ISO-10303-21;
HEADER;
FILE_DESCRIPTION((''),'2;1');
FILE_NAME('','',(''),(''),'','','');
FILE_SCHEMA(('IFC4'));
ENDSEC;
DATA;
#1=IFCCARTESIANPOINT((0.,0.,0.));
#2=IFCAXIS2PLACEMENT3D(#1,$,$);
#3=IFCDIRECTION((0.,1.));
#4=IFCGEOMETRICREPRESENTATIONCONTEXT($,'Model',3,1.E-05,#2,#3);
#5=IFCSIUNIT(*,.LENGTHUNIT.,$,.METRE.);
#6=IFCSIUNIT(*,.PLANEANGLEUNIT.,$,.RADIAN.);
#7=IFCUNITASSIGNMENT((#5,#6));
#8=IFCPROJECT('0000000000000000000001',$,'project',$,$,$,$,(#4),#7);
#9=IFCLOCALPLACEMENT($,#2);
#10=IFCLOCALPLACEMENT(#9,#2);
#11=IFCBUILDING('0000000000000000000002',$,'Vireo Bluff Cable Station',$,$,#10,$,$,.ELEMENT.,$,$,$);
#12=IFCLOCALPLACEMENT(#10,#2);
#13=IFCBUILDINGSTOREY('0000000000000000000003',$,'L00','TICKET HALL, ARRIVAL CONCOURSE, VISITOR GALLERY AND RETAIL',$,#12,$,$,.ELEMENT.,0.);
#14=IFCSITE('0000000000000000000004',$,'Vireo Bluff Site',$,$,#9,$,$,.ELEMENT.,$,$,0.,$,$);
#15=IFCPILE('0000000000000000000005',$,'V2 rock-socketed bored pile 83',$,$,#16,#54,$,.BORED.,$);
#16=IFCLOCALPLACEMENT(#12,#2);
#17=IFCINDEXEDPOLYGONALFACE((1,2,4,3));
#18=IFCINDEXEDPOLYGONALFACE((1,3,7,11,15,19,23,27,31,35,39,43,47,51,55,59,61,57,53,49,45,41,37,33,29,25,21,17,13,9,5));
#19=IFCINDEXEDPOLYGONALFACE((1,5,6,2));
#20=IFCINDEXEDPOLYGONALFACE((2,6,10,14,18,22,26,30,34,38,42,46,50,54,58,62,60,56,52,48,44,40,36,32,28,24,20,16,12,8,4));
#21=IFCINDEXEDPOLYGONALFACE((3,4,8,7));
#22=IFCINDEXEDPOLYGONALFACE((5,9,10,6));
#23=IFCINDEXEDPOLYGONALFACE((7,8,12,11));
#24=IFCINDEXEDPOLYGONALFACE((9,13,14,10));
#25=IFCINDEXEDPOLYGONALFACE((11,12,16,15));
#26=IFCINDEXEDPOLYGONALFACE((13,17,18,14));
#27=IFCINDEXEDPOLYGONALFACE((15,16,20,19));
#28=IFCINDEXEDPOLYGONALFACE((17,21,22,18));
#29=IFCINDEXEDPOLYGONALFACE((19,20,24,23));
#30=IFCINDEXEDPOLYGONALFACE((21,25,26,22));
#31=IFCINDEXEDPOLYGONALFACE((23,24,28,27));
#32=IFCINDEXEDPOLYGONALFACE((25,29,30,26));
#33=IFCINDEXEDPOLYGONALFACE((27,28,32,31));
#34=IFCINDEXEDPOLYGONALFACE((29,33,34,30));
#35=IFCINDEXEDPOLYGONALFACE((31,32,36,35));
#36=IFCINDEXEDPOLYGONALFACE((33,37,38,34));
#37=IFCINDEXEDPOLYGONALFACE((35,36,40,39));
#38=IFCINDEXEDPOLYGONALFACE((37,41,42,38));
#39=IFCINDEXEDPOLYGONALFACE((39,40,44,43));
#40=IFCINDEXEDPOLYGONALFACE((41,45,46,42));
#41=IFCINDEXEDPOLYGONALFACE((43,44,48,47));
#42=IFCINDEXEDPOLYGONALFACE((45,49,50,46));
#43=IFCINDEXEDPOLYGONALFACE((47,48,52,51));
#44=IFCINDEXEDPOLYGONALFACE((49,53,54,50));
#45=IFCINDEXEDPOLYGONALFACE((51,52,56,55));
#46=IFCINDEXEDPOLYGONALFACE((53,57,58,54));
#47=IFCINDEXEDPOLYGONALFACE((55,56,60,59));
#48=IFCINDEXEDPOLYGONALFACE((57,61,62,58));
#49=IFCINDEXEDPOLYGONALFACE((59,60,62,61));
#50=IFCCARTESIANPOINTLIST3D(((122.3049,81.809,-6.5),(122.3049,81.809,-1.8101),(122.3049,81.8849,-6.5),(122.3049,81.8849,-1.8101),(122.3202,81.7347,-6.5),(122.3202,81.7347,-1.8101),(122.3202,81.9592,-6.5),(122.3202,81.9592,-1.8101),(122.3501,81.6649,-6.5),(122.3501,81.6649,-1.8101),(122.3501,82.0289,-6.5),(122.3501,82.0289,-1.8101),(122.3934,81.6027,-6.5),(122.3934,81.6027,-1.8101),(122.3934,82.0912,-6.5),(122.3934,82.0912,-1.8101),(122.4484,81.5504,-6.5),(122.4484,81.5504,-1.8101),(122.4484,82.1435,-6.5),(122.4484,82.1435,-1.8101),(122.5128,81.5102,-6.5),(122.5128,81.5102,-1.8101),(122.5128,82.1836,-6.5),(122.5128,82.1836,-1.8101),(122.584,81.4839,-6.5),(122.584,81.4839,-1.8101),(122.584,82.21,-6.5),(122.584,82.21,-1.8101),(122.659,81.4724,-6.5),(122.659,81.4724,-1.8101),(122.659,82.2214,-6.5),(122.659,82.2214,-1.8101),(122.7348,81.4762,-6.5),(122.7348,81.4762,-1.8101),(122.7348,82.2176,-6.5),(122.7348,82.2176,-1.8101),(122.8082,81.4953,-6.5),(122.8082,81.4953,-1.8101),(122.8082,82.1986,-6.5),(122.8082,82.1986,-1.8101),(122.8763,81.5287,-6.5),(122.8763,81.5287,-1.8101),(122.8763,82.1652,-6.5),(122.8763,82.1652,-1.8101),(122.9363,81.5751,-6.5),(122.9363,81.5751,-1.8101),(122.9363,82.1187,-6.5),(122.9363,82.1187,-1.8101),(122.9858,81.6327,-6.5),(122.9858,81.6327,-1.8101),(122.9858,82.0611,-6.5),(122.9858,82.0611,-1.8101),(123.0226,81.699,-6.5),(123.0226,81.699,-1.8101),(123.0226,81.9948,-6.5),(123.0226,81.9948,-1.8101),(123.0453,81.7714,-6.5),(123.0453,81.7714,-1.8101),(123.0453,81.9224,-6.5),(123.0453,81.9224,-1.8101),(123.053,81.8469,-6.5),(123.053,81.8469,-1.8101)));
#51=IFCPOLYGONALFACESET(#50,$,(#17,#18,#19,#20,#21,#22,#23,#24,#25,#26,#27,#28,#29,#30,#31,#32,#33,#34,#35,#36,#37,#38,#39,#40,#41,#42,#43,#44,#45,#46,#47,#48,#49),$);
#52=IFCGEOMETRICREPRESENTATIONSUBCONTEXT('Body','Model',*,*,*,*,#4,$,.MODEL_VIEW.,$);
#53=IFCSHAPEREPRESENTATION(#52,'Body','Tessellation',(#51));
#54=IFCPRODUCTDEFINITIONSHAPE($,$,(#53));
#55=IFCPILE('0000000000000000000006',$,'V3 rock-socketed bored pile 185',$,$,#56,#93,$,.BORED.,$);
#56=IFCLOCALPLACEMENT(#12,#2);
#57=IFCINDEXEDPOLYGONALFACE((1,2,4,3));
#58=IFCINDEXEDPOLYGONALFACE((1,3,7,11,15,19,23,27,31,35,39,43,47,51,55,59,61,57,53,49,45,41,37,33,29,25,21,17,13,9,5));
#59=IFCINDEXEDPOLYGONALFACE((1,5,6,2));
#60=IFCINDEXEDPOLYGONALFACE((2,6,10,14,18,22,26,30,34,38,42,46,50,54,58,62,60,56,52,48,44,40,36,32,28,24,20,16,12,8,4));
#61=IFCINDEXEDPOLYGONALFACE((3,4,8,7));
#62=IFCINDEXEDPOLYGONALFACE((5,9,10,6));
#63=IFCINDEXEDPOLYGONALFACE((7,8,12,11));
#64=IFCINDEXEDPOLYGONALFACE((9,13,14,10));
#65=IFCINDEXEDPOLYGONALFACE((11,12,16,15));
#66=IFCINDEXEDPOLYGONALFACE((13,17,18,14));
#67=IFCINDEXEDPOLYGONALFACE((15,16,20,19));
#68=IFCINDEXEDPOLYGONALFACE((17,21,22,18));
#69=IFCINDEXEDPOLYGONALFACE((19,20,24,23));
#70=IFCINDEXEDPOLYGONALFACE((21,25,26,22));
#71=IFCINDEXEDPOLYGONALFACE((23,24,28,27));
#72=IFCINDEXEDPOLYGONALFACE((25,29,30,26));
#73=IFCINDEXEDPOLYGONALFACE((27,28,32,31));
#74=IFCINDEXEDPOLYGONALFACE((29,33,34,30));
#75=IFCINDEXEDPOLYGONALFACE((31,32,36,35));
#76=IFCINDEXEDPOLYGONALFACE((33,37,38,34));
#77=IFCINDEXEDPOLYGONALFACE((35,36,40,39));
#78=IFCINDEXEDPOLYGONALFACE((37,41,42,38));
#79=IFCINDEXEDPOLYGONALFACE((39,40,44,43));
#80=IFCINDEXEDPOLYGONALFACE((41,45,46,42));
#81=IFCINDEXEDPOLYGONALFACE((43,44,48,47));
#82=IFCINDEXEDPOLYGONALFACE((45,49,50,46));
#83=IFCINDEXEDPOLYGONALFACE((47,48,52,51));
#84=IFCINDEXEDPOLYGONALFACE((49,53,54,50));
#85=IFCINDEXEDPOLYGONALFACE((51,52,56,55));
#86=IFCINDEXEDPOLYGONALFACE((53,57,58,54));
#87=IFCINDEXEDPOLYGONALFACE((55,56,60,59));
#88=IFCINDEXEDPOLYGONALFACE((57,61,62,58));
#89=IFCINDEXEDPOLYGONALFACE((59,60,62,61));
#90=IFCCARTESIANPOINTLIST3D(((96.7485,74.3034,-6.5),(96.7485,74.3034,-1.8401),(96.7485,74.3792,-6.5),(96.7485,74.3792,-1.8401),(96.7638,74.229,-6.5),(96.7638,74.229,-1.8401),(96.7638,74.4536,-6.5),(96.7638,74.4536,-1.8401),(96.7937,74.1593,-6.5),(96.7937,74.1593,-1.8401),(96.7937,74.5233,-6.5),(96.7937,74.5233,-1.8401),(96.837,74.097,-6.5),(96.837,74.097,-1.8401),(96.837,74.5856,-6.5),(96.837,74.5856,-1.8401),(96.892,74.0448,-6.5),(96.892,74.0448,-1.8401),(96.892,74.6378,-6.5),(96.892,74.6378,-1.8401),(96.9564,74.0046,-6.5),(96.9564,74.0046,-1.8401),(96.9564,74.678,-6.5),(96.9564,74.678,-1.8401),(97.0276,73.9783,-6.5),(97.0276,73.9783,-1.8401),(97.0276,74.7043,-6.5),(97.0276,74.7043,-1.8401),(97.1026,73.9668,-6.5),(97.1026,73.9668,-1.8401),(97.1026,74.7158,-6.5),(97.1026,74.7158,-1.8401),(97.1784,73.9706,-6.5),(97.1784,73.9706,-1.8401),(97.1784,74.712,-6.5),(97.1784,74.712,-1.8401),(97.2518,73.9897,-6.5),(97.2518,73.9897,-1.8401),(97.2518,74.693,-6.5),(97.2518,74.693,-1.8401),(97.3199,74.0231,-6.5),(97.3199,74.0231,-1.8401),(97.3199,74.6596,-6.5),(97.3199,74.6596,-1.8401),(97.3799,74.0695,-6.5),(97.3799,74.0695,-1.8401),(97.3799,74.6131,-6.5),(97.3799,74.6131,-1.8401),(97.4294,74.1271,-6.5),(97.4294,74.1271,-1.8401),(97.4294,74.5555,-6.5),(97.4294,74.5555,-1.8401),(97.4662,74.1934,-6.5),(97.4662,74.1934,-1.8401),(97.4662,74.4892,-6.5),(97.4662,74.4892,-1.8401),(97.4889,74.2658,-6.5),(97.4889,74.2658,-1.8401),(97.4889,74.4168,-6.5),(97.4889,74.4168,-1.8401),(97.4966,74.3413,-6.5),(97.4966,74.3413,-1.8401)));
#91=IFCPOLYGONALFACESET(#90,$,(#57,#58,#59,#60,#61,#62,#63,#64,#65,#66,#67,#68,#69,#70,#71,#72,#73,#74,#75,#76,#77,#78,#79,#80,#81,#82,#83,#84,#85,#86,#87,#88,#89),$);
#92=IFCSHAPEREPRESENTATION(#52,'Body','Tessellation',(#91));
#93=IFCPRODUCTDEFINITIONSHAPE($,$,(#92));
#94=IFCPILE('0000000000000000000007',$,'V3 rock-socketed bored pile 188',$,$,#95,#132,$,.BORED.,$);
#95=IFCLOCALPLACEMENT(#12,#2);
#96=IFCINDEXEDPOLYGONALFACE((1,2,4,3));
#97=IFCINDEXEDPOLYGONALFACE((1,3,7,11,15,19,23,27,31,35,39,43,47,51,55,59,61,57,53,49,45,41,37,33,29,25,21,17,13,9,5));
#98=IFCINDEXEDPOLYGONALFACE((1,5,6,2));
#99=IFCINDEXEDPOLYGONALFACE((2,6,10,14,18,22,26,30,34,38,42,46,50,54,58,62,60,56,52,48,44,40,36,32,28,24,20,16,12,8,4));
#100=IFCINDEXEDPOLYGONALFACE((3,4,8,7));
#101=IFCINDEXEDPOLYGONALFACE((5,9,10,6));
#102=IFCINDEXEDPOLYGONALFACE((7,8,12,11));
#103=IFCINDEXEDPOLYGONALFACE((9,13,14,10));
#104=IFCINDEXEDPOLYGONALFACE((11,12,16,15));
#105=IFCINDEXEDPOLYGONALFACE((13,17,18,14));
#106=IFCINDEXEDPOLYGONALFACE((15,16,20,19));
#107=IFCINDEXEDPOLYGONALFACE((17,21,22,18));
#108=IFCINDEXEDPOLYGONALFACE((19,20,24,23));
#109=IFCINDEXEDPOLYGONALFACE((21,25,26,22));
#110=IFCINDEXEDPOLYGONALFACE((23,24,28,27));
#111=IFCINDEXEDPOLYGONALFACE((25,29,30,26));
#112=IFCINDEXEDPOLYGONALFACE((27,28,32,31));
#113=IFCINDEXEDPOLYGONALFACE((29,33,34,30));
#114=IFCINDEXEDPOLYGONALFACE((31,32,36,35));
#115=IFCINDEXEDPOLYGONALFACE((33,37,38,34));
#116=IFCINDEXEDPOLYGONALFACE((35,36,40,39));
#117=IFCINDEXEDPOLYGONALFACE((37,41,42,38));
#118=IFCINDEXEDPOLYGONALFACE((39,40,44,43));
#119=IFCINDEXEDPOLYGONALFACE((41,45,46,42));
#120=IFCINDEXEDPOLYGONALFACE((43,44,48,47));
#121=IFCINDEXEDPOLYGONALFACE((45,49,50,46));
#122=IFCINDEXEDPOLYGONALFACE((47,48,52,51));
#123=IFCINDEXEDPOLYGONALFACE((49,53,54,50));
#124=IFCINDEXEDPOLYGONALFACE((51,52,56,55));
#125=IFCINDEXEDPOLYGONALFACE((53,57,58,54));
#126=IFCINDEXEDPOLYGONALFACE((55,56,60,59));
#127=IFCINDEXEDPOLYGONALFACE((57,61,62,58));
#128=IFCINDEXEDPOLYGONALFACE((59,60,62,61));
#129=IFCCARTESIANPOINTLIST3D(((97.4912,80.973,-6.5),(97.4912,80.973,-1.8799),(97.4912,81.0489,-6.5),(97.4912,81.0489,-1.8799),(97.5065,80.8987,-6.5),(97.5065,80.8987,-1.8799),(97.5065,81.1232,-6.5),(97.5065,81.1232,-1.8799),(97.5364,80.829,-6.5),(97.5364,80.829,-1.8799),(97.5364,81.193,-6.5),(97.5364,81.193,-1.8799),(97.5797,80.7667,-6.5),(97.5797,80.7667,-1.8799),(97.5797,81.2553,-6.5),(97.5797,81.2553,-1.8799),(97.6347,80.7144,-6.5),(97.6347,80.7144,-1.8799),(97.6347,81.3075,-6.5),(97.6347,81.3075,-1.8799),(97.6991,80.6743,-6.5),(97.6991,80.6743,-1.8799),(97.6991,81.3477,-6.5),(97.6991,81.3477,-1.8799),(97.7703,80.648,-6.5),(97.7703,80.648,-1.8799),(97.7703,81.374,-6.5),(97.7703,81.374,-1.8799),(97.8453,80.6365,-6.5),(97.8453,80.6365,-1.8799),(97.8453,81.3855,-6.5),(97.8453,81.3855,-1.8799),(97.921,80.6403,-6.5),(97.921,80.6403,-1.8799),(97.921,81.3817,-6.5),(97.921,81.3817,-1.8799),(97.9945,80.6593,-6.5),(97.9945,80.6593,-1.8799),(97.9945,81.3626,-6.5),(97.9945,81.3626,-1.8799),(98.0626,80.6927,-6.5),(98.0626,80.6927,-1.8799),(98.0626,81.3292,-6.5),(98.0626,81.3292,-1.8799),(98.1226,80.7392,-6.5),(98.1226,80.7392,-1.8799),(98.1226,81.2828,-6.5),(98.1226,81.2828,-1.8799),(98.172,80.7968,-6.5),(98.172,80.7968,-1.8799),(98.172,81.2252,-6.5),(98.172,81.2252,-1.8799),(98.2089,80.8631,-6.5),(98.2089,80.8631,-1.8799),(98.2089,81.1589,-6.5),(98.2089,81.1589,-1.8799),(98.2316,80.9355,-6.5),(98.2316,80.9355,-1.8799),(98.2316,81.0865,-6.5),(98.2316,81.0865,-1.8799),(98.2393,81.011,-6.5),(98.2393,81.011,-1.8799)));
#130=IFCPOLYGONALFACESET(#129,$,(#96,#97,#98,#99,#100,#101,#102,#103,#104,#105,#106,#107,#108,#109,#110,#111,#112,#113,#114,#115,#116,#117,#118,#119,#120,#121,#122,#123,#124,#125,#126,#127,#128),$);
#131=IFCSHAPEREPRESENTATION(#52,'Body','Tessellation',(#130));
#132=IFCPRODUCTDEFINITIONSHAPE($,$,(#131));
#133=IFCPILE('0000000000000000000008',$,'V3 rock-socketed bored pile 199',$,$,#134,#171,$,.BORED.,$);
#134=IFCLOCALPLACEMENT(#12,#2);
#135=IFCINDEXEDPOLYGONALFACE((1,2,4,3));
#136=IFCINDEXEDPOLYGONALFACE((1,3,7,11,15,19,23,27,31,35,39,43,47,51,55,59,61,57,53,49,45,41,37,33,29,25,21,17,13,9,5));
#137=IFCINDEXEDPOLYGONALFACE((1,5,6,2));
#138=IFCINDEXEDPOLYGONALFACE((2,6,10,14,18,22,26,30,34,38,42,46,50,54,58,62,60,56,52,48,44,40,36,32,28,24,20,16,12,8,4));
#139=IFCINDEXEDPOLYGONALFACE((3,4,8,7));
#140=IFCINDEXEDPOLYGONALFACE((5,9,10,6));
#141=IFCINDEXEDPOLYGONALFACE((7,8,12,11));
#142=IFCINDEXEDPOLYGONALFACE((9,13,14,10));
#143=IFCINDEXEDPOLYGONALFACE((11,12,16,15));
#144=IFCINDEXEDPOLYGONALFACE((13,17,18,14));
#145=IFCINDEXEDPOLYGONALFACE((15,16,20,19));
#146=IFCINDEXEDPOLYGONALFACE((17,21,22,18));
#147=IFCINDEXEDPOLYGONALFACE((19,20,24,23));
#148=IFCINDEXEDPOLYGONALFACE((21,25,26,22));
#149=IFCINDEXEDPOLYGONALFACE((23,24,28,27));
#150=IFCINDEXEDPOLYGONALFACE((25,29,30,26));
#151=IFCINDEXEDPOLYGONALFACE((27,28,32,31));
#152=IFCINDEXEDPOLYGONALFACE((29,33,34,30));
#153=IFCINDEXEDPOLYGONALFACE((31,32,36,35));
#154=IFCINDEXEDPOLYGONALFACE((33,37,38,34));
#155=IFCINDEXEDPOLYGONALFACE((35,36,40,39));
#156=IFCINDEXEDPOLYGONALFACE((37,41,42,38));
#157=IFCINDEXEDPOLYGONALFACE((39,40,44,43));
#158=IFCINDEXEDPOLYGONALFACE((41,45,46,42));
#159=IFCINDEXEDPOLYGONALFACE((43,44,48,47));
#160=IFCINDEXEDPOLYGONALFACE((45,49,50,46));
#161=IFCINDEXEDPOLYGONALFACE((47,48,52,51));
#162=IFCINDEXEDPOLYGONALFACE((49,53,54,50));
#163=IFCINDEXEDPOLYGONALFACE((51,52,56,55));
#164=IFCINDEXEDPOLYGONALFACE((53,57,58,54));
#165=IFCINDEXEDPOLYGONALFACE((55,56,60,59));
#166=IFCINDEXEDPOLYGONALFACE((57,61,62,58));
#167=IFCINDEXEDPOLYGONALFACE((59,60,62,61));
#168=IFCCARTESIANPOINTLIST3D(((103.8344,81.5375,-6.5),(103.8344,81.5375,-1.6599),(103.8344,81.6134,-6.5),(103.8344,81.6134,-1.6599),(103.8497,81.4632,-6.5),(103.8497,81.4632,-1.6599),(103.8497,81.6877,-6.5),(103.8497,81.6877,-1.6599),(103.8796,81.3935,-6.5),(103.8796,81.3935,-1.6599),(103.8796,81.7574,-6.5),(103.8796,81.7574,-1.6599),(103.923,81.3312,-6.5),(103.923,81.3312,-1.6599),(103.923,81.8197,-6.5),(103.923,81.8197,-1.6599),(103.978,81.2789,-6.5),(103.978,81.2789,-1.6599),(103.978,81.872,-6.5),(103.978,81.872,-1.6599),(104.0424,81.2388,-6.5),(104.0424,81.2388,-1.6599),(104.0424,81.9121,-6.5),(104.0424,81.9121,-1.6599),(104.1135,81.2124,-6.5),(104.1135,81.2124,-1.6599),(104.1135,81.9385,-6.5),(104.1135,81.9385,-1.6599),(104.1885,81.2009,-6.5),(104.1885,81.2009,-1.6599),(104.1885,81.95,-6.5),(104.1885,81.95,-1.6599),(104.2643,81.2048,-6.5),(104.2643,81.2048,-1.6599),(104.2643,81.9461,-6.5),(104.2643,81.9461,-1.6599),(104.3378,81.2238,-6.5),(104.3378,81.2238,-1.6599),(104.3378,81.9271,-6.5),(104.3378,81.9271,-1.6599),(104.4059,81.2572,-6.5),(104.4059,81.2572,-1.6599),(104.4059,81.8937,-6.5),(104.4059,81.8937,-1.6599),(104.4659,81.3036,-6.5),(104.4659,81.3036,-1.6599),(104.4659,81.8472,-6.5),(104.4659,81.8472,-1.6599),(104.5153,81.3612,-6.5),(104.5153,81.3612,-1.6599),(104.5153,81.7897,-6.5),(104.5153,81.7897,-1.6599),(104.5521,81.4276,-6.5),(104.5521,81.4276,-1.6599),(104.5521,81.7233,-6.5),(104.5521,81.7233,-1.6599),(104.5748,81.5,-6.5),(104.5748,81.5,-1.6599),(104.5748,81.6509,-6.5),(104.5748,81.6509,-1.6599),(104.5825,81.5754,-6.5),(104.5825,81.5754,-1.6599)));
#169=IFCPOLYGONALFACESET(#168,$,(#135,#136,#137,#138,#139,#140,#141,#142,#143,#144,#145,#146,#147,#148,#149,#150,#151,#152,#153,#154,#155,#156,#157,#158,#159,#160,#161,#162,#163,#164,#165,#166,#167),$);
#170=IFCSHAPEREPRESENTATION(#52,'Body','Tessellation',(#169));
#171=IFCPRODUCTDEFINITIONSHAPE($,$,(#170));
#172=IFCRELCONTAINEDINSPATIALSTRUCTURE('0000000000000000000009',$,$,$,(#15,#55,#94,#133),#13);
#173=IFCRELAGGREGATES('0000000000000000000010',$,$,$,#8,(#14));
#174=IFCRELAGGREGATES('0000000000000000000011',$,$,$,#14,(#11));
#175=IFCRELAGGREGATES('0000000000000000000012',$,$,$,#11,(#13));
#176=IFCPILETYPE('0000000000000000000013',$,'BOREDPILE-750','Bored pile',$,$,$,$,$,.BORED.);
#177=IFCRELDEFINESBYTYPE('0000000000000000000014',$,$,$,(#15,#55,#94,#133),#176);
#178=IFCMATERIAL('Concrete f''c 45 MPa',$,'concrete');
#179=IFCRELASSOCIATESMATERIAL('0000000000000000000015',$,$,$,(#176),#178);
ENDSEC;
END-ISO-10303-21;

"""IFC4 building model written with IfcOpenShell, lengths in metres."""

from ifc_helpers import new_model, si_unit, direction, frame, origin, origin_2d, place, context, subcontext, project, spatial, circle, extrude, material, material_profile, profile_set, type_object, element, save


model = new_model("IFC4")

# Units and contexts
model_context = context("Model", 3, precision=1e-05, world=origin(), true_north=direction((0.0, 1.0)))
body_context = subcontext(model_context, "Body", "Model", "MODEL_VIEW")
ifc_project = project(units=[si_unit("LENGTHUNIT", "METRE"), si_unit("PLANEANGLEUNIT", "RADIAN")], contexts=[model_context])

# Site, building, storey
site_placement = place(None, origin())
site = spatial("IfcSite", under=ifc_project, at=site_placement, Name="Vireo Bluff Site", CompositionType="ELEMENT", RefElevation=0.0)
building_placement = place(site_placement, origin())
building = spatial("IfcBuilding", under=site, at=building_placement, Name="Vireo Bluff Cable Station", CompositionType="ELEMENT")
storey_placement = place(building_placement, origin())
storey = spatial("IfcBuildingStorey", under=building, at=storey_placement, Name="L00", Description="TICKET HALL, ARRIVAL CONCOURSE, VISITOR GALLERY AND RETAIL", CompositionType="ELEMENT", Elevation=0.0)

# Piles
ifc_material_1 = material(Name="Concrete f'c 45 MPa", Category="concrete")
ifc_material_profile_1 = material_profile(ifc_material_1, circle(Radius=0.375, at=origin_2d()), Name="BOREDPILE-750")
ifc_profile_set_1 = profile_set([ifc_material_profile_1], Name="Concrete f'c 45 MPa")
pile_type_1 = type_object("IfcPileType", Name="BOREDPILE-750", Description="Bored pile", PredefinedType="BORED", material=ifc_profile_set_1)
pile_1_placement = place(storey_placement, frame((122.678, 81.8469, -1.8101), z_axis=(0.0, 0.0, -1.0), x_axis=(1.0, 0.0, 0.0)))
element("IfcPile", 1, at=pile_1_placement, inside=storey, type_object=pile_type_1, Name="V2 rock-socketed bored pile 83", PredefinedType="BORED", context=body_context, shape_type="SweptSolid", body=[
    extrude(circle(Radius=0.375, at=origin_2d()), origin(), (0.0, 0.0, 1.0), 4.6899),
])
pile_2_placement = place(storey_placement, frame((97.1216, 74.3413, -1.8401), z_axis=(0.0, 0.0, -1.0), x_axis=(1.0, 0.0, 0.0)))
element("IfcPile", 2, at=pile_2_placement, inside=storey, type_object=pile_type_1, Name="V3 rock-socketed bored pile 185", PredefinedType="BORED", context=body_context, shape_type="SweptSolid", body=[
    extrude(circle(Radius=0.375, at=origin_2d()), origin(), (0.0, 0.0, 1.0), 4.6599),
])
pile_3_placement = place(storey_placement, frame((97.8643, 81.011, -1.8799), z_axis=(0.0, 0.0, -1.0), x_axis=(1.0, 0.0, 0.0)))
element("IfcPile", 3, at=pile_3_placement, inside=storey, type_object=pile_type_1, Name="V3 rock-socketed bored pile 188", PredefinedType="BORED", context=body_context, shape_type="SweptSolid", body=[
    extrude(circle(Radius=0.375, at=origin_2d()), origin(), (0.0, 0.0, 1.0), 4.6201),
])
for number, where, z_axis, x_axis, name in (
    (4, (104.2075, 81.5754, -1.6599), (0.0, 0.0, -1.0), (1.0, 0.0, 0.0), "V3 rock-socketed bored pile 199"),
):
    element("IfcPile", number, at=place(storey_placement, frame(where, z_axis=z_axis, x_axis=x_axis)), inside=storey, type_object=pile_type_1, Name=name, PredefinedType="BORED", context=body_context, shape_type="SweptSolid", body=[
        extrude(circle(Radius=0.375, at=origin_2d()), origin(), (0.0, 0.0, 1.0), 4.8401),
    ])

save(model, "model.ifc")
